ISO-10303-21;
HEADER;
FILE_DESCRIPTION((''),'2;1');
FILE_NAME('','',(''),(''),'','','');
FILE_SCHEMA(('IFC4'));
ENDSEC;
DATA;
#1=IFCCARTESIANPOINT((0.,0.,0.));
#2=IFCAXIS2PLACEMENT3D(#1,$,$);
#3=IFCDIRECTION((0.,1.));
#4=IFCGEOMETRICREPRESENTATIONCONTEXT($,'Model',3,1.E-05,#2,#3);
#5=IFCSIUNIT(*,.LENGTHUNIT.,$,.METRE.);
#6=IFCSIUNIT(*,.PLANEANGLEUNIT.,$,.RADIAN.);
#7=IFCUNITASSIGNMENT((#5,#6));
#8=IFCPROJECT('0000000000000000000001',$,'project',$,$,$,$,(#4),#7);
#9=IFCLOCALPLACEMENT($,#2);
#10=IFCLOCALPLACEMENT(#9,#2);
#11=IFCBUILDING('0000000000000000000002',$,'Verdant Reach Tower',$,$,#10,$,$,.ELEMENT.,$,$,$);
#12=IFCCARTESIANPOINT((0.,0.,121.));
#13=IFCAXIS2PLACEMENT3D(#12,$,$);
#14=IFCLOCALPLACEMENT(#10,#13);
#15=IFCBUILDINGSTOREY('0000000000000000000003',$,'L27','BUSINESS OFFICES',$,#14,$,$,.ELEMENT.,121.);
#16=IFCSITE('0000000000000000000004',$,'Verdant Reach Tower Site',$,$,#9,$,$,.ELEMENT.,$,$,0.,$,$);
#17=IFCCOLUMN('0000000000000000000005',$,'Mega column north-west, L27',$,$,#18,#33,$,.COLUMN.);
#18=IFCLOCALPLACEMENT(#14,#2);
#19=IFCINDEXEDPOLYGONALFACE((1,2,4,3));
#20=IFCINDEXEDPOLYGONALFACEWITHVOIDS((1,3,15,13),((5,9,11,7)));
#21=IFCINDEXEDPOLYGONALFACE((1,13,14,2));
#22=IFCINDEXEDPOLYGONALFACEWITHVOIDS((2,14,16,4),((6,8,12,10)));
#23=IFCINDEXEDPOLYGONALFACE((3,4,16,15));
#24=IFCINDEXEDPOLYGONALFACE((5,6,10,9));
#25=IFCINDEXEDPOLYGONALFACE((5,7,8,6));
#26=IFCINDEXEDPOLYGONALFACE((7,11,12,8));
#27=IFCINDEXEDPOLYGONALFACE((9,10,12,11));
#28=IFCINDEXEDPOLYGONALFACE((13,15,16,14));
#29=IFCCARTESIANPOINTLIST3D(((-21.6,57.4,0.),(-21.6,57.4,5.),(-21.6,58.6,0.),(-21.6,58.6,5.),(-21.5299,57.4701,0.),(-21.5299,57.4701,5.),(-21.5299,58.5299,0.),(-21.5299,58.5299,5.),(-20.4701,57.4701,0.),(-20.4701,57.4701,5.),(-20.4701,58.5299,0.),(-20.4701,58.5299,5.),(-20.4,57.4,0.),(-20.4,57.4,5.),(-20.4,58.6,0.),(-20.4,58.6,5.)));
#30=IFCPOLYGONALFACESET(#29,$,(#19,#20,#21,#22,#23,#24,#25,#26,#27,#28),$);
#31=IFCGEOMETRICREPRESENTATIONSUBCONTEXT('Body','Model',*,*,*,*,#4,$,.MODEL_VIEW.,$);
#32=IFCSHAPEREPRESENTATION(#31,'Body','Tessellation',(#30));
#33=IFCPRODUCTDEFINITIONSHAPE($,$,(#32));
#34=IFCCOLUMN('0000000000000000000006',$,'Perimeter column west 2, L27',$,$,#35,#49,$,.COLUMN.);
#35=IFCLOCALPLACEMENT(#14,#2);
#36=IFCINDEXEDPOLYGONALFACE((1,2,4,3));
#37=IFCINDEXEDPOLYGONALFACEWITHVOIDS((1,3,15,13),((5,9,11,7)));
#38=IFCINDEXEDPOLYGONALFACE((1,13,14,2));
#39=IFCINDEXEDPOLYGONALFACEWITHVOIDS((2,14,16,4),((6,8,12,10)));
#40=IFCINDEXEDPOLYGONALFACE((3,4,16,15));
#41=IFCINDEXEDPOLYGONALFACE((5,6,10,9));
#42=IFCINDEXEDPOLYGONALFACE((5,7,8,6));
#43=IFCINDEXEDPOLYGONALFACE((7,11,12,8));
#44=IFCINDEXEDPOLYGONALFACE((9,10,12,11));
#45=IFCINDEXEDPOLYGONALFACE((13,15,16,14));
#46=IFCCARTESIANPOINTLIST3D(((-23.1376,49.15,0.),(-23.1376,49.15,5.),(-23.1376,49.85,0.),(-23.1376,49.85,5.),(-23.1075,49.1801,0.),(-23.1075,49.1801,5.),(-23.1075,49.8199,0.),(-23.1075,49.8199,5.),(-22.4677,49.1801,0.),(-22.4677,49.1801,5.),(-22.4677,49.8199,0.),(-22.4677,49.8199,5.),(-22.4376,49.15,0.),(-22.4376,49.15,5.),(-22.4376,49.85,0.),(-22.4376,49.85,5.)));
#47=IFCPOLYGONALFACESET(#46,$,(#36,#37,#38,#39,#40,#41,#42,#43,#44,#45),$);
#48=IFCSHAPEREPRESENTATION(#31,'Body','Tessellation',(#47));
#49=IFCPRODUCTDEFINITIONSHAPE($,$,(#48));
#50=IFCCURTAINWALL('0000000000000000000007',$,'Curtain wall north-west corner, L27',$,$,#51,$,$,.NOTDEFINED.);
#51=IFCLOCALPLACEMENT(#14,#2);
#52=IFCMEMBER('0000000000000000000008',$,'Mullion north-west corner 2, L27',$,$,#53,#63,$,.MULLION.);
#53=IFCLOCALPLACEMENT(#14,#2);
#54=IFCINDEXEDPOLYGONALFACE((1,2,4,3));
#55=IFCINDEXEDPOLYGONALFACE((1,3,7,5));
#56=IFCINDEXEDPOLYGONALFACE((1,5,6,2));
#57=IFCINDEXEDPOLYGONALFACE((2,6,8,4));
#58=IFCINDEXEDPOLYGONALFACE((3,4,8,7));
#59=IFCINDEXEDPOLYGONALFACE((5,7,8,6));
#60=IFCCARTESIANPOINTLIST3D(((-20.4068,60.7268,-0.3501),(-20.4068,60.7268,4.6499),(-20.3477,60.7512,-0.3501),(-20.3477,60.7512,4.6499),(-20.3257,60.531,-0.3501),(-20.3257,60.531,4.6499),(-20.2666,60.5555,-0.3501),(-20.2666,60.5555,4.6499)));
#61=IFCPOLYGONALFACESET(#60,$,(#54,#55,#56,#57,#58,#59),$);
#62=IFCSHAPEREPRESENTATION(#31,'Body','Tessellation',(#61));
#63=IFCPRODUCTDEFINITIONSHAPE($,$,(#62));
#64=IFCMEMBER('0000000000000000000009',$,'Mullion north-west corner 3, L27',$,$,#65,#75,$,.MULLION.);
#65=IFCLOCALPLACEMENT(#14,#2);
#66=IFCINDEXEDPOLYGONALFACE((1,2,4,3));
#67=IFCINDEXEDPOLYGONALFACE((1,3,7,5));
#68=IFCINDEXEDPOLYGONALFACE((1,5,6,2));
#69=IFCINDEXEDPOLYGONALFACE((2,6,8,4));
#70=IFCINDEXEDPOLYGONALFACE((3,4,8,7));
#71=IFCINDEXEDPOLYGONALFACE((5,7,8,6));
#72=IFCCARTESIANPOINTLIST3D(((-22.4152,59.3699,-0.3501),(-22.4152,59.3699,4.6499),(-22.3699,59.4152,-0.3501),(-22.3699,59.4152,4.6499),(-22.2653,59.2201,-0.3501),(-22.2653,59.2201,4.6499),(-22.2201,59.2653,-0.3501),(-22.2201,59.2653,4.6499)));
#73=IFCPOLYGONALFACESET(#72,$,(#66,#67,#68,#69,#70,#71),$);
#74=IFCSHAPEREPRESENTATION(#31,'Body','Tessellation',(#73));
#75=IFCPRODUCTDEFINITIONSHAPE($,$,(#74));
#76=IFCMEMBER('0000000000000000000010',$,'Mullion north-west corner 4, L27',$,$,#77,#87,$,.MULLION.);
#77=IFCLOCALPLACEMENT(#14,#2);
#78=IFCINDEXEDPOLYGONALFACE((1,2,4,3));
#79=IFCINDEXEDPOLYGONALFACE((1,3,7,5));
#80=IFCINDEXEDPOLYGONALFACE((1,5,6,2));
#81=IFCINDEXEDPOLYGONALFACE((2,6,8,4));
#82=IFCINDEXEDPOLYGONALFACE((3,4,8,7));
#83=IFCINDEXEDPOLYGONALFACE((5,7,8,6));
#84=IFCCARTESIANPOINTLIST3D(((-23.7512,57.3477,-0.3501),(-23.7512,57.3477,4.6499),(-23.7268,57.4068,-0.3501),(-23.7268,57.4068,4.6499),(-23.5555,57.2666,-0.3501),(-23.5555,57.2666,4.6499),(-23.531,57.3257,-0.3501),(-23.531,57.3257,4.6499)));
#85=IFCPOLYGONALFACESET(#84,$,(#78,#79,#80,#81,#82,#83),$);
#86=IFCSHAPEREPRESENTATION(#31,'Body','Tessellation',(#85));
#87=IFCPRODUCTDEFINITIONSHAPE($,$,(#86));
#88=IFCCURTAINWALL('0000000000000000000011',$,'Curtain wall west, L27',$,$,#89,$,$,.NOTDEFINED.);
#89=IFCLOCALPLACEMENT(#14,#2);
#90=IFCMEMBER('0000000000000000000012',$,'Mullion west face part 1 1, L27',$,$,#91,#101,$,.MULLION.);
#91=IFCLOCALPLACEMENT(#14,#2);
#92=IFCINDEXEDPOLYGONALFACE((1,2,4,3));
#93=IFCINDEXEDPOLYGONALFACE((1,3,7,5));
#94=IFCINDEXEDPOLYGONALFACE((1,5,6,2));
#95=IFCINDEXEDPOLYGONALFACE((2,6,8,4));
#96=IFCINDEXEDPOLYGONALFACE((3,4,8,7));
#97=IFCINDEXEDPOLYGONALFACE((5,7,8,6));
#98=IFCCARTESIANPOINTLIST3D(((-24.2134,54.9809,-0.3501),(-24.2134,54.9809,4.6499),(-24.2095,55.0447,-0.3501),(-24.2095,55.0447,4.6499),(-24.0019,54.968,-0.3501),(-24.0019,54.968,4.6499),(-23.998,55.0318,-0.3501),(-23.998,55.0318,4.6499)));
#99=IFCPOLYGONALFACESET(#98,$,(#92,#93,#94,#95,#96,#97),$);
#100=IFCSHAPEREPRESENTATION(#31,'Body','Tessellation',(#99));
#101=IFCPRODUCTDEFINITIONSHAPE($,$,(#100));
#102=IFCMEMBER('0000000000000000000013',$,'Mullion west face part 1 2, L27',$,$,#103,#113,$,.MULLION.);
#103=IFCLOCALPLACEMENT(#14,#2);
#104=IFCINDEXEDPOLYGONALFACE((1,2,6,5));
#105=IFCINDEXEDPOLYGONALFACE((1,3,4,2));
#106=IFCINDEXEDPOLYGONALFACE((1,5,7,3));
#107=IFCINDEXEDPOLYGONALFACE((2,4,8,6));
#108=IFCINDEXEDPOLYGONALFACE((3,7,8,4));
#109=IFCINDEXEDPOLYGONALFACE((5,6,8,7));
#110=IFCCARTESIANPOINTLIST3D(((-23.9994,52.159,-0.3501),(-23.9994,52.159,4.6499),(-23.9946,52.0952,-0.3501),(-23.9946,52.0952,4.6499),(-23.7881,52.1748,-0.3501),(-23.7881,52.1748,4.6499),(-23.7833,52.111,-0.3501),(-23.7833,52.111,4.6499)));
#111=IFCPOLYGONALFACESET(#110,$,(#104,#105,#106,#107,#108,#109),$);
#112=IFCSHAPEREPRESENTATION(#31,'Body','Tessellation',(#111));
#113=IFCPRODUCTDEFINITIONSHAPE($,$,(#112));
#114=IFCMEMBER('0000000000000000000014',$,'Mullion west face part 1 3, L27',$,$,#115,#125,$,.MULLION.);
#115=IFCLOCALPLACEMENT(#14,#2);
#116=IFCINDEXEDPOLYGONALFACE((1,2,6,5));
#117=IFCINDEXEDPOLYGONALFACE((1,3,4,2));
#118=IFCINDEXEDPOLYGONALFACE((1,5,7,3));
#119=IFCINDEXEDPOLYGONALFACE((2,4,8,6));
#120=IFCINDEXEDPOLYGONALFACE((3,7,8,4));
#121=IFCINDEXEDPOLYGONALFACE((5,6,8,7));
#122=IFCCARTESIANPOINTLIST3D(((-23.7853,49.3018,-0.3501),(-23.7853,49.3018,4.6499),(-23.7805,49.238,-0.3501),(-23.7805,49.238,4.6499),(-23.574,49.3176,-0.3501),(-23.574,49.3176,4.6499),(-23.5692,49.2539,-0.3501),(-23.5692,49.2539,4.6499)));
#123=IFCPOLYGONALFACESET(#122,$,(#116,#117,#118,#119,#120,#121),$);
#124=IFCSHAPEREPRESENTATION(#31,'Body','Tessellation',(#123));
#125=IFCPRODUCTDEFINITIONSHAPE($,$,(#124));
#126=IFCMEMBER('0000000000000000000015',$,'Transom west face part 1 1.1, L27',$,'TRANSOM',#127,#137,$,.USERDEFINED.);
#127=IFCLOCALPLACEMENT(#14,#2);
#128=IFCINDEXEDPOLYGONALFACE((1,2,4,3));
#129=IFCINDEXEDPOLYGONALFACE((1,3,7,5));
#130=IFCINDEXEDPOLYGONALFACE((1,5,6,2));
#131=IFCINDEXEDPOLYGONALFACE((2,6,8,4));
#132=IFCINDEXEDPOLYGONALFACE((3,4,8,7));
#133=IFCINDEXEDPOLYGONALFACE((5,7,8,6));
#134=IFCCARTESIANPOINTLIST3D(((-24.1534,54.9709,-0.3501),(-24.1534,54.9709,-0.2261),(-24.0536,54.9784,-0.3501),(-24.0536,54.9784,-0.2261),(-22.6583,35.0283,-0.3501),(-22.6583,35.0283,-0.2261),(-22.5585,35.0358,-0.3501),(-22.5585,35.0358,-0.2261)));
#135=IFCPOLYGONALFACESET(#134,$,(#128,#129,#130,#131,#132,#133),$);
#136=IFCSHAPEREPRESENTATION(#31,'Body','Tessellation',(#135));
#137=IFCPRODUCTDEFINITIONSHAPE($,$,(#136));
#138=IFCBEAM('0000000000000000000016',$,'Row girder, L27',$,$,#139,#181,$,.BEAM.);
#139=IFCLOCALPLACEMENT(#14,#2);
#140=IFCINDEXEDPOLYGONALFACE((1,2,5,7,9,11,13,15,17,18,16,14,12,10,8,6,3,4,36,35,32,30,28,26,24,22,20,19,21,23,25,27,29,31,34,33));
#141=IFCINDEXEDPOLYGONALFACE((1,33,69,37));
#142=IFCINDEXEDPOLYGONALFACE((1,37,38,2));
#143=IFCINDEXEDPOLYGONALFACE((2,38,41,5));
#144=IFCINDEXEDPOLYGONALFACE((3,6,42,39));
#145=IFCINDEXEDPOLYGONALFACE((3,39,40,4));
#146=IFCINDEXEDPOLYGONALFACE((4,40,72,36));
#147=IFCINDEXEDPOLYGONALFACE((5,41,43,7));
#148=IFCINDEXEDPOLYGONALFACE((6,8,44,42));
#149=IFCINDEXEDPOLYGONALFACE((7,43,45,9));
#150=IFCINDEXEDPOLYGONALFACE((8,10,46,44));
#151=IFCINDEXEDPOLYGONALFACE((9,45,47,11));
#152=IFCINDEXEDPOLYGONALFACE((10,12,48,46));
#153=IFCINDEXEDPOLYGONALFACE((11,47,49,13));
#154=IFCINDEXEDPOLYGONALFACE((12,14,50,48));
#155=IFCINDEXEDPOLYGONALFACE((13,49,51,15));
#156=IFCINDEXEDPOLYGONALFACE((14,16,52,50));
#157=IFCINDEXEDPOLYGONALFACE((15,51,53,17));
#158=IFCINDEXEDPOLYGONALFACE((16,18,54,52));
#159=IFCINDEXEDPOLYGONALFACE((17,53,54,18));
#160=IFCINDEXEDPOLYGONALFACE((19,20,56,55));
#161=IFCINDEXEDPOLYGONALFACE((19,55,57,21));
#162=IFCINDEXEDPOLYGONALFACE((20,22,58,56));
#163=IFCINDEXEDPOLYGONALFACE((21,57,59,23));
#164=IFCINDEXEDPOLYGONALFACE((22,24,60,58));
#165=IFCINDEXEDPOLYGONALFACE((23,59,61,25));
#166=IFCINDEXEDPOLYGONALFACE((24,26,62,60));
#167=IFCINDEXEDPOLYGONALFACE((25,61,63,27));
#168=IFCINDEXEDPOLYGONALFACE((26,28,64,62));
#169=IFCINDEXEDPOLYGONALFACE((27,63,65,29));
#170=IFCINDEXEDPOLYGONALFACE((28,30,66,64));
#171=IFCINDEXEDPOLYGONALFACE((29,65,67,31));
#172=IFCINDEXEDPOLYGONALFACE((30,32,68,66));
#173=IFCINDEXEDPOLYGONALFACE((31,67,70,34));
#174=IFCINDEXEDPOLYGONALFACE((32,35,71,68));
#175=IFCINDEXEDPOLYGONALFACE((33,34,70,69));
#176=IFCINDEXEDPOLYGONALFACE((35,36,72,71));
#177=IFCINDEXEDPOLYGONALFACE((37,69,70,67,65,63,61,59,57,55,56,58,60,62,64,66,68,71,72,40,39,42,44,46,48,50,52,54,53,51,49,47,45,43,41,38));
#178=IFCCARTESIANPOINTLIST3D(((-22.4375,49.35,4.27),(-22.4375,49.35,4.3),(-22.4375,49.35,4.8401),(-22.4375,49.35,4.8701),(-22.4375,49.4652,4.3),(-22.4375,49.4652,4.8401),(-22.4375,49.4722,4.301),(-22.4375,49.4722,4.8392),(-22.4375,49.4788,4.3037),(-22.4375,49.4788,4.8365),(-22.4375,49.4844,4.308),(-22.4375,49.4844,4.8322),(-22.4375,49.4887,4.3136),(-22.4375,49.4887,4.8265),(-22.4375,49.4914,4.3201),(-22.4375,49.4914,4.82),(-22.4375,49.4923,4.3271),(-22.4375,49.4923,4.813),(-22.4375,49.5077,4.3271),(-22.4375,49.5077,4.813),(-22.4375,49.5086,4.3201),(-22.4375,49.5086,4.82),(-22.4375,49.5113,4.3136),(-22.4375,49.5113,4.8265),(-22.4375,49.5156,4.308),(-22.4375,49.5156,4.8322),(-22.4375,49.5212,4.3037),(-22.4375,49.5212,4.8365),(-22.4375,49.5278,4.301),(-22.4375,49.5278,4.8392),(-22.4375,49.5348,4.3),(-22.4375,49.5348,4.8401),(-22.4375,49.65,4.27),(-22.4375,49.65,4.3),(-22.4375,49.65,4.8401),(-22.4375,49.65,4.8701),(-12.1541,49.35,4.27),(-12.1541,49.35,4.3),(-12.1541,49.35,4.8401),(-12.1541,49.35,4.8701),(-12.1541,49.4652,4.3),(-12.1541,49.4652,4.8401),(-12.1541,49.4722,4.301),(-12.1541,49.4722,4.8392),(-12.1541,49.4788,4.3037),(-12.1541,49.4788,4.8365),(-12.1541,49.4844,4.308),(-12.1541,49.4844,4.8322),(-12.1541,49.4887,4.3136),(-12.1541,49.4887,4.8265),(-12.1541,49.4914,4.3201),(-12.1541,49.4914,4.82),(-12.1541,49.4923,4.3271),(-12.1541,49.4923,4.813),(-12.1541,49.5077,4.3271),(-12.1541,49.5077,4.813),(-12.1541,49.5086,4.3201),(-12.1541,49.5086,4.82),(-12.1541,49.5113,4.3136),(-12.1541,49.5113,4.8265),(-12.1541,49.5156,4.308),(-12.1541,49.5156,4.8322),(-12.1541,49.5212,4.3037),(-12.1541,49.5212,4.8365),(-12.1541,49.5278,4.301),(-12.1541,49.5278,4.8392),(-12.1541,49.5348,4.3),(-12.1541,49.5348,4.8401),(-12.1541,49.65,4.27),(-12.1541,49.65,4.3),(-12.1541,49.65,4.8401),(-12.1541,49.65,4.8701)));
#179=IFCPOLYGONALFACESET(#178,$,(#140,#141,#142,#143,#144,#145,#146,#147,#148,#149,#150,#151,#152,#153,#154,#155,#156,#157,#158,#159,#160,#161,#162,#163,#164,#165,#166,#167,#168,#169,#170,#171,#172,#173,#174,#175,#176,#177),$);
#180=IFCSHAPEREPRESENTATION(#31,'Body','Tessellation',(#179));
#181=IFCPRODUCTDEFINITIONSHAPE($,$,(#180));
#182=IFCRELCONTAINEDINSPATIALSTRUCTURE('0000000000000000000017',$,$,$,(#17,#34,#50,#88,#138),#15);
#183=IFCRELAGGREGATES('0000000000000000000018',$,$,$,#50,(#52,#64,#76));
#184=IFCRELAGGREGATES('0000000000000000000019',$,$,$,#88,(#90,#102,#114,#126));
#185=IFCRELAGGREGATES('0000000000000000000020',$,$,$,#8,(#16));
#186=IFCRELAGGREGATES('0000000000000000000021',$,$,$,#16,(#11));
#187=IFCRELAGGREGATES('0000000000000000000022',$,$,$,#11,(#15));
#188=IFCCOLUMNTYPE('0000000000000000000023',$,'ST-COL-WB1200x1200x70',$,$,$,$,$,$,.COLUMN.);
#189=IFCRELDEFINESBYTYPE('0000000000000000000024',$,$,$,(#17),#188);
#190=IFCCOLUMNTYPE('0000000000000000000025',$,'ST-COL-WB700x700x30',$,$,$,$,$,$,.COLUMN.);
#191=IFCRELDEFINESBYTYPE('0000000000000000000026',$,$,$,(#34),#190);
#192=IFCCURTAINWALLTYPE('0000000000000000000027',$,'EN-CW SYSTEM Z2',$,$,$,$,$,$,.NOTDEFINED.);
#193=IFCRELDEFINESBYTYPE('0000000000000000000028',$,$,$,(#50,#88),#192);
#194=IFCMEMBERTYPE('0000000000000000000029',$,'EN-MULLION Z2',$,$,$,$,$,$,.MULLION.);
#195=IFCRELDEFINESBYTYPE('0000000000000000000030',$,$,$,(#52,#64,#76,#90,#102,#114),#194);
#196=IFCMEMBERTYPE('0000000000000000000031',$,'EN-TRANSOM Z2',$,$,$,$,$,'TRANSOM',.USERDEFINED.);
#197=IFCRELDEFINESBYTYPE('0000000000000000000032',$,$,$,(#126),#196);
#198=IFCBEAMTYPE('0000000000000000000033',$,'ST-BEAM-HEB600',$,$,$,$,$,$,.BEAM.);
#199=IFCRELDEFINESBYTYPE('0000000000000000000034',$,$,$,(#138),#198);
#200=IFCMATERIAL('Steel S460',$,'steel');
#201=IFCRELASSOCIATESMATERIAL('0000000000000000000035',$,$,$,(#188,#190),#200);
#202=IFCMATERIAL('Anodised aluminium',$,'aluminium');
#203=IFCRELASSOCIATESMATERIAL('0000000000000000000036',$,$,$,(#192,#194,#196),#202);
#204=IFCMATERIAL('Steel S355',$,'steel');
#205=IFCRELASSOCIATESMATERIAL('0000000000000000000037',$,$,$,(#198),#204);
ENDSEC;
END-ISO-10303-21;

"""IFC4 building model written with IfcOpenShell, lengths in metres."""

from ifc_helpers import new_model, si_unit, direction, frame, origin, origin_2d, place, context, subcontext, project, spatial, rectangle, hollow_rectangle, i_section, extrude, material, material_profile, profile_set, type_object, element, aggregate, save


model = new_model("IFC4")

# Units and contexts
model_context = context("Model", 3, precision=1e-05, world=origin(), true_north=direction((0.0, 1.0)))
body_context = subcontext(model_context, "Body", "Model", "MODEL_VIEW")
ifc_project = project(units=[si_unit("LENGTHUNIT", "METRE"), si_unit("PLANEANGLEUNIT", "RADIAN")], contexts=[model_context])

# Site, building, storey
site_placement = place(None, origin())
site = spatial("IfcSite", under=ifc_project, at=site_placement, Name="Verdant Reach Tower Site", CompositionType="ELEMENT", RefElevation=0.0)
building_placement = place(site_placement, origin())
building = spatial("IfcBuilding", under=site, at=building_placement, Name="Verdant Reach Tower", CompositionType="ELEMENT")
storey_placement = place(building_placement, frame((0.0, 0.0, 121.0)))
storey = spatial("IfcBuildingStorey", under=building, at=storey_placement, Name="L27", Description="BUSINESS OFFICES", CompositionType="ELEMENT", Elevation=121.0)

# Columns
ifc_material_1 = material(Name="Steel S460", Category="steel")
ifc_material_profile_1 = material_profile(ifc_material_1, hollow_rectangle(XDim=1.2, YDim=1.2, WallThickness=0.0701, at=origin_2d()), Name="WB 1200x1200x70")
ifc_profile_set_1 = profile_set([ifc_material_profile_1], Name="Steel S460")
column_type_1 = type_object("IfcColumnType", Name="ST-COL-WB1200x1200x70", PredefinedType="COLUMN", material=ifc_profile_set_1)
column_1_placement = place(storey_placement, frame((-21.0, 58.0, 0.0), z_axis=(0.0, 0.0, 1.0), x_axis=(1.0, 0.0, 0.0)))
element("IfcColumn", 1, at=column_1_placement, inside=storey, type_object=column_type_1, Name="Mega column north-west, L27", PredefinedType="COLUMN", context=body_context, shape_type="SweptSolid", body=[
    extrude(hollow_rectangle(XDim=1.2, YDim=1.2, WallThickness=0.0701, at=origin_2d()), origin(), (0.0, 0.0, 1.0), 5.0),
])
ifc_material_profile_2 = material_profile(ifc_material_1, hollow_rectangle(XDim=0.7, YDim=0.7, WallThickness=0.03, at=origin_2d()), Name="WB 700x700x30")
ifc_profile_set_2 = profile_set([ifc_material_profile_2], Name="Steel S460")
column_type_2 = type_object("IfcColumnType", Name="ST-COL-WB700x700x30", PredefinedType="COLUMN", material=ifc_profile_set_2)
column_2_placement = place(storey_placement, frame((-22.7876, 49.5, 0.0), z_axis=(0.0, 0.0, 1.0), x_axis=(1.0, 0.0, 0.0)))
element("IfcColumn", 2, at=column_2_placement, inside=storey, type_object=column_type_2, Name="Perimeter column west 2, L27", PredefinedType="COLUMN", context=body_context, shape_type="SweptSolid", body=[
    extrude(hollow_rectangle(XDim=0.7, YDim=0.7, WallThickness=0.03, at=origin_2d()), origin(), (0.0, 0.0, 1.0), 5.0),
])

# Curtain walls, members
ifc_material_2 = material(Name="Anodised aluminium", Category="aluminium")
curtain_wall_type = type_object("IfcCurtainWallType", Name="EN-CW SYSTEM Z2", PredefinedType="NOTDEFINED", material=ifc_material_2)
curtain_wall_1_placement = place(storey_placement, origin())
curtain_wall_1 = element("IfcCurtainWall", 3, at=curtain_wall_1_placement, inside=storey, type_object=curtain_wall_type, Name="Curtain wall north-west corner, L27", PredefinedType="NOTDEFINED")
ifc_material_profile_3 = material_profile(ifc_material_2, rectangle(XDim=0.2119, YDim=0.064, at=origin_2d()), Name="Mullion 64x212")
ifc_profile_set_3 = profile_set([ifc_material_profile_3], Name="Anodised aluminium")
member_type_1 = type_object("IfcMemberType", Name="EN-MULLION Z2", PredefinedType="MULLION", material=ifc_profile_set_3)
member_1_placement = place(storey_placement, frame((-20.3367, 60.6411, -0.3501), z_axis=(0.0, 0.0, 1.0), x_axis=(-0.382694, 0.923875, 0.0)))
member_1 = element("IfcMember", 4, at=member_1_placement, type_object=member_type_1, Name="Mullion north-west corner 2, L27", PredefinedType="MULLION", context=body_context, shape_type="SweptSolid", body=[
    extrude(rectangle(XDim=0.2119, YDim=0.064, at=origin_2d()), origin(), (0.0, 0.0, 1.0), 5.0),
])
member_2_placement = place(storey_placement, frame((-22.3176, 59.3176, -0.3501), z_axis=(0.0, 0.0, 1.0), x_axis=(-0.707107, 0.707107, 0.0)))
member_2 = element("IfcMember", 5, at=member_2_placement, type_object=member_type_1, Name="Mullion north-west corner 3, L27", PredefinedType="MULLION", context=body_context, shape_type="SweptSolid", body=[
    extrude(rectangle(XDim=0.2119, YDim=0.064, at=origin_2d()), origin(), (0.0, 0.0, 1.0), 5.0),
])
member_3_placement = place(storey_placement, frame((-23.6411, 57.3367, -0.3501), z_axis=(0.0, 0.0, 1.0), x_axis=(-0.923875, 0.382694, 0.0)))
member_3 = element("IfcMember", 6, at=member_3_placement, type_object=member_type_1, Name="Mullion north-west corner 4, L27", PredefinedType="MULLION", context=body_context, shape_type="SweptSolid", body=[
    extrude(rectangle(XDim=0.2119, YDim=0.064, at=origin_2d()), origin(), (0.0, 0.0, 1.0), 5.0),
])
curtain_wall_2_placement = place(storey_placement, origin())
curtain_wall_2 = element("IfcCurtainWall", 7, at=curtain_wall_2_placement, inside=storey, type_object=curtain_wall_type, Name="Curtain wall west, L27", PredefinedType="NOTDEFINED")
member_4_placement = place(storey_placement, frame((-24.1057, 55.0063, -0.3501), z_axis=(0.0, 0.0, 1.0), x_axis=(-0.998156, 0.060703, 0.0)))
member_4 = element("IfcMember", 8, at=member_4_placement, type_object=member_type_1, Name="Mullion west face part 1 1, L27", PredefinedType="MULLION", context=body_context, shape_type="SweptSolid", body=[
    extrude(rectangle(XDim=0.2119, YDim=0.064, at=origin_2d()), origin(), (0.0, 0.0, 1.0), 5.0),
])
member_5_placement = place(storey_placement, frame((-23.8914, 52.135, -0.3501), z_axis=(0.0, 0.0, 1.0), x_axis=(-0.997199, -0.07479, 0.0)))
member_5 = element("IfcMember", 9, at=member_5_placement, type_object=member_type_1, Name="Mullion west face part 1 2, L27", PredefinedType="MULLION", context=body_context, shape_type="SweptSolid", body=[
    extrude(rectangle(XDim=0.2119, YDim=0.064, at=origin_2d()), origin(), (0.0, 0.0, 1.0), 5.0),
])
member_6_placement = place(storey_placement, frame((-23.6772, 49.2778, -0.3501), z_axis=(0.0, 0.0, 1.0), x_axis=(-0.997199, -0.07479, 0.0)))
member_6 = element("IfcMember", 10, at=member_6_placement, type_object=member_type_1, Name="Mullion west face part 1 3, L27", PredefinedType="MULLION", context=body_context, shape_type="SweptSolid", body=[
    extrude(rectangle(XDim=0.2119, YDim=0.064, at=origin_2d()), origin(), (0.0, 0.0, 1.0), 5.0),
])
ifc_material_profile_4 = material_profile(ifc_material_2, rectangle(XDim=0.1001, YDim=0.124, at=origin_2d()), Name="Transom 124x100")
ifc_profile_set_4 = profile_set([ifc_material_profile_4], Name="Anodised aluminium")
member_type_2 = type_object("IfcMemberType", Name="EN-TRANSOM Z2", ElementType="TRANSOM", PredefinedType="USERDEFINED", material=ifc_profile_set_4)
member_7_placement = place(storey_placement, frame((-24.1035, 54.9746, -0.2881), z_axis=(0.074761, -0.997201, 0.0), x_axis=(0.997201, 0.074761, 0.0)))
member_7 = element("IfcMember", 11, at=member_7_placement, type_object=member_type_2, Name="Transom west face part 1 1.1, L27", ObjectType="TRANSOM", PredefinedType="USERDEFINED", context=body_context, shape_type="SweptSolid", body=[
    extrude(rectangle(XDim=0.1001, YDim=0.124, at=origin_2d()), origin(), (0.0, 0.0, 1.0), 19.9985),
])

# Beam
ifc_material_3 = material(Name="Steel S355", Category="steel")
ifc_material_profile_5 = material_profile(ifc_material_3, i_section(OverallWidth=0.3, OverallDepth=0.6001, WebThickness=0.0154, FlangeThickness=0.03, FilletRadius=0.0271, at=origin_2d()), Name="HEB 600")
ifc_profile_set_5 = profile_set([ifc_material_profile_5], Name="Steel S355")
beam_type_1 = type_object("IfcBeamType", Name="ST-BEAM-HEB600", PredefinedType="BEAM", material=ifc_profile_set_5)
beam_1_placement = place(storey_placement, frame((-22.4375, 49.5, 4.5701), z_axis=(1.0, 0.0, 0.0), x_axis=(0.0, 1.0, 0.0)))
element("IfcBeam", 12, at=beam_1_placement, inside=storey, type_object=beam_type_1, Name="Row girder, L27", PredefinedType="BEAM", context=body_context, shape_type="SweptSolid", body=[
    extrude(i_section(OverallWidth=0.3, OverallDepth=0.6001, WebThickness=0.0154, FlangeThickness=0.03, FilletRadius=0.0271, at=origin_2d()), origin(), (0.0, 0.0, 1.0), 10.2834),
])

aggregate(curtain_wall_1, [member_1, member_2, member_3])
aggregate(curtain_wall_2, [member_4, member_5, member_6, member_7])

save(model, "model.ifc")
